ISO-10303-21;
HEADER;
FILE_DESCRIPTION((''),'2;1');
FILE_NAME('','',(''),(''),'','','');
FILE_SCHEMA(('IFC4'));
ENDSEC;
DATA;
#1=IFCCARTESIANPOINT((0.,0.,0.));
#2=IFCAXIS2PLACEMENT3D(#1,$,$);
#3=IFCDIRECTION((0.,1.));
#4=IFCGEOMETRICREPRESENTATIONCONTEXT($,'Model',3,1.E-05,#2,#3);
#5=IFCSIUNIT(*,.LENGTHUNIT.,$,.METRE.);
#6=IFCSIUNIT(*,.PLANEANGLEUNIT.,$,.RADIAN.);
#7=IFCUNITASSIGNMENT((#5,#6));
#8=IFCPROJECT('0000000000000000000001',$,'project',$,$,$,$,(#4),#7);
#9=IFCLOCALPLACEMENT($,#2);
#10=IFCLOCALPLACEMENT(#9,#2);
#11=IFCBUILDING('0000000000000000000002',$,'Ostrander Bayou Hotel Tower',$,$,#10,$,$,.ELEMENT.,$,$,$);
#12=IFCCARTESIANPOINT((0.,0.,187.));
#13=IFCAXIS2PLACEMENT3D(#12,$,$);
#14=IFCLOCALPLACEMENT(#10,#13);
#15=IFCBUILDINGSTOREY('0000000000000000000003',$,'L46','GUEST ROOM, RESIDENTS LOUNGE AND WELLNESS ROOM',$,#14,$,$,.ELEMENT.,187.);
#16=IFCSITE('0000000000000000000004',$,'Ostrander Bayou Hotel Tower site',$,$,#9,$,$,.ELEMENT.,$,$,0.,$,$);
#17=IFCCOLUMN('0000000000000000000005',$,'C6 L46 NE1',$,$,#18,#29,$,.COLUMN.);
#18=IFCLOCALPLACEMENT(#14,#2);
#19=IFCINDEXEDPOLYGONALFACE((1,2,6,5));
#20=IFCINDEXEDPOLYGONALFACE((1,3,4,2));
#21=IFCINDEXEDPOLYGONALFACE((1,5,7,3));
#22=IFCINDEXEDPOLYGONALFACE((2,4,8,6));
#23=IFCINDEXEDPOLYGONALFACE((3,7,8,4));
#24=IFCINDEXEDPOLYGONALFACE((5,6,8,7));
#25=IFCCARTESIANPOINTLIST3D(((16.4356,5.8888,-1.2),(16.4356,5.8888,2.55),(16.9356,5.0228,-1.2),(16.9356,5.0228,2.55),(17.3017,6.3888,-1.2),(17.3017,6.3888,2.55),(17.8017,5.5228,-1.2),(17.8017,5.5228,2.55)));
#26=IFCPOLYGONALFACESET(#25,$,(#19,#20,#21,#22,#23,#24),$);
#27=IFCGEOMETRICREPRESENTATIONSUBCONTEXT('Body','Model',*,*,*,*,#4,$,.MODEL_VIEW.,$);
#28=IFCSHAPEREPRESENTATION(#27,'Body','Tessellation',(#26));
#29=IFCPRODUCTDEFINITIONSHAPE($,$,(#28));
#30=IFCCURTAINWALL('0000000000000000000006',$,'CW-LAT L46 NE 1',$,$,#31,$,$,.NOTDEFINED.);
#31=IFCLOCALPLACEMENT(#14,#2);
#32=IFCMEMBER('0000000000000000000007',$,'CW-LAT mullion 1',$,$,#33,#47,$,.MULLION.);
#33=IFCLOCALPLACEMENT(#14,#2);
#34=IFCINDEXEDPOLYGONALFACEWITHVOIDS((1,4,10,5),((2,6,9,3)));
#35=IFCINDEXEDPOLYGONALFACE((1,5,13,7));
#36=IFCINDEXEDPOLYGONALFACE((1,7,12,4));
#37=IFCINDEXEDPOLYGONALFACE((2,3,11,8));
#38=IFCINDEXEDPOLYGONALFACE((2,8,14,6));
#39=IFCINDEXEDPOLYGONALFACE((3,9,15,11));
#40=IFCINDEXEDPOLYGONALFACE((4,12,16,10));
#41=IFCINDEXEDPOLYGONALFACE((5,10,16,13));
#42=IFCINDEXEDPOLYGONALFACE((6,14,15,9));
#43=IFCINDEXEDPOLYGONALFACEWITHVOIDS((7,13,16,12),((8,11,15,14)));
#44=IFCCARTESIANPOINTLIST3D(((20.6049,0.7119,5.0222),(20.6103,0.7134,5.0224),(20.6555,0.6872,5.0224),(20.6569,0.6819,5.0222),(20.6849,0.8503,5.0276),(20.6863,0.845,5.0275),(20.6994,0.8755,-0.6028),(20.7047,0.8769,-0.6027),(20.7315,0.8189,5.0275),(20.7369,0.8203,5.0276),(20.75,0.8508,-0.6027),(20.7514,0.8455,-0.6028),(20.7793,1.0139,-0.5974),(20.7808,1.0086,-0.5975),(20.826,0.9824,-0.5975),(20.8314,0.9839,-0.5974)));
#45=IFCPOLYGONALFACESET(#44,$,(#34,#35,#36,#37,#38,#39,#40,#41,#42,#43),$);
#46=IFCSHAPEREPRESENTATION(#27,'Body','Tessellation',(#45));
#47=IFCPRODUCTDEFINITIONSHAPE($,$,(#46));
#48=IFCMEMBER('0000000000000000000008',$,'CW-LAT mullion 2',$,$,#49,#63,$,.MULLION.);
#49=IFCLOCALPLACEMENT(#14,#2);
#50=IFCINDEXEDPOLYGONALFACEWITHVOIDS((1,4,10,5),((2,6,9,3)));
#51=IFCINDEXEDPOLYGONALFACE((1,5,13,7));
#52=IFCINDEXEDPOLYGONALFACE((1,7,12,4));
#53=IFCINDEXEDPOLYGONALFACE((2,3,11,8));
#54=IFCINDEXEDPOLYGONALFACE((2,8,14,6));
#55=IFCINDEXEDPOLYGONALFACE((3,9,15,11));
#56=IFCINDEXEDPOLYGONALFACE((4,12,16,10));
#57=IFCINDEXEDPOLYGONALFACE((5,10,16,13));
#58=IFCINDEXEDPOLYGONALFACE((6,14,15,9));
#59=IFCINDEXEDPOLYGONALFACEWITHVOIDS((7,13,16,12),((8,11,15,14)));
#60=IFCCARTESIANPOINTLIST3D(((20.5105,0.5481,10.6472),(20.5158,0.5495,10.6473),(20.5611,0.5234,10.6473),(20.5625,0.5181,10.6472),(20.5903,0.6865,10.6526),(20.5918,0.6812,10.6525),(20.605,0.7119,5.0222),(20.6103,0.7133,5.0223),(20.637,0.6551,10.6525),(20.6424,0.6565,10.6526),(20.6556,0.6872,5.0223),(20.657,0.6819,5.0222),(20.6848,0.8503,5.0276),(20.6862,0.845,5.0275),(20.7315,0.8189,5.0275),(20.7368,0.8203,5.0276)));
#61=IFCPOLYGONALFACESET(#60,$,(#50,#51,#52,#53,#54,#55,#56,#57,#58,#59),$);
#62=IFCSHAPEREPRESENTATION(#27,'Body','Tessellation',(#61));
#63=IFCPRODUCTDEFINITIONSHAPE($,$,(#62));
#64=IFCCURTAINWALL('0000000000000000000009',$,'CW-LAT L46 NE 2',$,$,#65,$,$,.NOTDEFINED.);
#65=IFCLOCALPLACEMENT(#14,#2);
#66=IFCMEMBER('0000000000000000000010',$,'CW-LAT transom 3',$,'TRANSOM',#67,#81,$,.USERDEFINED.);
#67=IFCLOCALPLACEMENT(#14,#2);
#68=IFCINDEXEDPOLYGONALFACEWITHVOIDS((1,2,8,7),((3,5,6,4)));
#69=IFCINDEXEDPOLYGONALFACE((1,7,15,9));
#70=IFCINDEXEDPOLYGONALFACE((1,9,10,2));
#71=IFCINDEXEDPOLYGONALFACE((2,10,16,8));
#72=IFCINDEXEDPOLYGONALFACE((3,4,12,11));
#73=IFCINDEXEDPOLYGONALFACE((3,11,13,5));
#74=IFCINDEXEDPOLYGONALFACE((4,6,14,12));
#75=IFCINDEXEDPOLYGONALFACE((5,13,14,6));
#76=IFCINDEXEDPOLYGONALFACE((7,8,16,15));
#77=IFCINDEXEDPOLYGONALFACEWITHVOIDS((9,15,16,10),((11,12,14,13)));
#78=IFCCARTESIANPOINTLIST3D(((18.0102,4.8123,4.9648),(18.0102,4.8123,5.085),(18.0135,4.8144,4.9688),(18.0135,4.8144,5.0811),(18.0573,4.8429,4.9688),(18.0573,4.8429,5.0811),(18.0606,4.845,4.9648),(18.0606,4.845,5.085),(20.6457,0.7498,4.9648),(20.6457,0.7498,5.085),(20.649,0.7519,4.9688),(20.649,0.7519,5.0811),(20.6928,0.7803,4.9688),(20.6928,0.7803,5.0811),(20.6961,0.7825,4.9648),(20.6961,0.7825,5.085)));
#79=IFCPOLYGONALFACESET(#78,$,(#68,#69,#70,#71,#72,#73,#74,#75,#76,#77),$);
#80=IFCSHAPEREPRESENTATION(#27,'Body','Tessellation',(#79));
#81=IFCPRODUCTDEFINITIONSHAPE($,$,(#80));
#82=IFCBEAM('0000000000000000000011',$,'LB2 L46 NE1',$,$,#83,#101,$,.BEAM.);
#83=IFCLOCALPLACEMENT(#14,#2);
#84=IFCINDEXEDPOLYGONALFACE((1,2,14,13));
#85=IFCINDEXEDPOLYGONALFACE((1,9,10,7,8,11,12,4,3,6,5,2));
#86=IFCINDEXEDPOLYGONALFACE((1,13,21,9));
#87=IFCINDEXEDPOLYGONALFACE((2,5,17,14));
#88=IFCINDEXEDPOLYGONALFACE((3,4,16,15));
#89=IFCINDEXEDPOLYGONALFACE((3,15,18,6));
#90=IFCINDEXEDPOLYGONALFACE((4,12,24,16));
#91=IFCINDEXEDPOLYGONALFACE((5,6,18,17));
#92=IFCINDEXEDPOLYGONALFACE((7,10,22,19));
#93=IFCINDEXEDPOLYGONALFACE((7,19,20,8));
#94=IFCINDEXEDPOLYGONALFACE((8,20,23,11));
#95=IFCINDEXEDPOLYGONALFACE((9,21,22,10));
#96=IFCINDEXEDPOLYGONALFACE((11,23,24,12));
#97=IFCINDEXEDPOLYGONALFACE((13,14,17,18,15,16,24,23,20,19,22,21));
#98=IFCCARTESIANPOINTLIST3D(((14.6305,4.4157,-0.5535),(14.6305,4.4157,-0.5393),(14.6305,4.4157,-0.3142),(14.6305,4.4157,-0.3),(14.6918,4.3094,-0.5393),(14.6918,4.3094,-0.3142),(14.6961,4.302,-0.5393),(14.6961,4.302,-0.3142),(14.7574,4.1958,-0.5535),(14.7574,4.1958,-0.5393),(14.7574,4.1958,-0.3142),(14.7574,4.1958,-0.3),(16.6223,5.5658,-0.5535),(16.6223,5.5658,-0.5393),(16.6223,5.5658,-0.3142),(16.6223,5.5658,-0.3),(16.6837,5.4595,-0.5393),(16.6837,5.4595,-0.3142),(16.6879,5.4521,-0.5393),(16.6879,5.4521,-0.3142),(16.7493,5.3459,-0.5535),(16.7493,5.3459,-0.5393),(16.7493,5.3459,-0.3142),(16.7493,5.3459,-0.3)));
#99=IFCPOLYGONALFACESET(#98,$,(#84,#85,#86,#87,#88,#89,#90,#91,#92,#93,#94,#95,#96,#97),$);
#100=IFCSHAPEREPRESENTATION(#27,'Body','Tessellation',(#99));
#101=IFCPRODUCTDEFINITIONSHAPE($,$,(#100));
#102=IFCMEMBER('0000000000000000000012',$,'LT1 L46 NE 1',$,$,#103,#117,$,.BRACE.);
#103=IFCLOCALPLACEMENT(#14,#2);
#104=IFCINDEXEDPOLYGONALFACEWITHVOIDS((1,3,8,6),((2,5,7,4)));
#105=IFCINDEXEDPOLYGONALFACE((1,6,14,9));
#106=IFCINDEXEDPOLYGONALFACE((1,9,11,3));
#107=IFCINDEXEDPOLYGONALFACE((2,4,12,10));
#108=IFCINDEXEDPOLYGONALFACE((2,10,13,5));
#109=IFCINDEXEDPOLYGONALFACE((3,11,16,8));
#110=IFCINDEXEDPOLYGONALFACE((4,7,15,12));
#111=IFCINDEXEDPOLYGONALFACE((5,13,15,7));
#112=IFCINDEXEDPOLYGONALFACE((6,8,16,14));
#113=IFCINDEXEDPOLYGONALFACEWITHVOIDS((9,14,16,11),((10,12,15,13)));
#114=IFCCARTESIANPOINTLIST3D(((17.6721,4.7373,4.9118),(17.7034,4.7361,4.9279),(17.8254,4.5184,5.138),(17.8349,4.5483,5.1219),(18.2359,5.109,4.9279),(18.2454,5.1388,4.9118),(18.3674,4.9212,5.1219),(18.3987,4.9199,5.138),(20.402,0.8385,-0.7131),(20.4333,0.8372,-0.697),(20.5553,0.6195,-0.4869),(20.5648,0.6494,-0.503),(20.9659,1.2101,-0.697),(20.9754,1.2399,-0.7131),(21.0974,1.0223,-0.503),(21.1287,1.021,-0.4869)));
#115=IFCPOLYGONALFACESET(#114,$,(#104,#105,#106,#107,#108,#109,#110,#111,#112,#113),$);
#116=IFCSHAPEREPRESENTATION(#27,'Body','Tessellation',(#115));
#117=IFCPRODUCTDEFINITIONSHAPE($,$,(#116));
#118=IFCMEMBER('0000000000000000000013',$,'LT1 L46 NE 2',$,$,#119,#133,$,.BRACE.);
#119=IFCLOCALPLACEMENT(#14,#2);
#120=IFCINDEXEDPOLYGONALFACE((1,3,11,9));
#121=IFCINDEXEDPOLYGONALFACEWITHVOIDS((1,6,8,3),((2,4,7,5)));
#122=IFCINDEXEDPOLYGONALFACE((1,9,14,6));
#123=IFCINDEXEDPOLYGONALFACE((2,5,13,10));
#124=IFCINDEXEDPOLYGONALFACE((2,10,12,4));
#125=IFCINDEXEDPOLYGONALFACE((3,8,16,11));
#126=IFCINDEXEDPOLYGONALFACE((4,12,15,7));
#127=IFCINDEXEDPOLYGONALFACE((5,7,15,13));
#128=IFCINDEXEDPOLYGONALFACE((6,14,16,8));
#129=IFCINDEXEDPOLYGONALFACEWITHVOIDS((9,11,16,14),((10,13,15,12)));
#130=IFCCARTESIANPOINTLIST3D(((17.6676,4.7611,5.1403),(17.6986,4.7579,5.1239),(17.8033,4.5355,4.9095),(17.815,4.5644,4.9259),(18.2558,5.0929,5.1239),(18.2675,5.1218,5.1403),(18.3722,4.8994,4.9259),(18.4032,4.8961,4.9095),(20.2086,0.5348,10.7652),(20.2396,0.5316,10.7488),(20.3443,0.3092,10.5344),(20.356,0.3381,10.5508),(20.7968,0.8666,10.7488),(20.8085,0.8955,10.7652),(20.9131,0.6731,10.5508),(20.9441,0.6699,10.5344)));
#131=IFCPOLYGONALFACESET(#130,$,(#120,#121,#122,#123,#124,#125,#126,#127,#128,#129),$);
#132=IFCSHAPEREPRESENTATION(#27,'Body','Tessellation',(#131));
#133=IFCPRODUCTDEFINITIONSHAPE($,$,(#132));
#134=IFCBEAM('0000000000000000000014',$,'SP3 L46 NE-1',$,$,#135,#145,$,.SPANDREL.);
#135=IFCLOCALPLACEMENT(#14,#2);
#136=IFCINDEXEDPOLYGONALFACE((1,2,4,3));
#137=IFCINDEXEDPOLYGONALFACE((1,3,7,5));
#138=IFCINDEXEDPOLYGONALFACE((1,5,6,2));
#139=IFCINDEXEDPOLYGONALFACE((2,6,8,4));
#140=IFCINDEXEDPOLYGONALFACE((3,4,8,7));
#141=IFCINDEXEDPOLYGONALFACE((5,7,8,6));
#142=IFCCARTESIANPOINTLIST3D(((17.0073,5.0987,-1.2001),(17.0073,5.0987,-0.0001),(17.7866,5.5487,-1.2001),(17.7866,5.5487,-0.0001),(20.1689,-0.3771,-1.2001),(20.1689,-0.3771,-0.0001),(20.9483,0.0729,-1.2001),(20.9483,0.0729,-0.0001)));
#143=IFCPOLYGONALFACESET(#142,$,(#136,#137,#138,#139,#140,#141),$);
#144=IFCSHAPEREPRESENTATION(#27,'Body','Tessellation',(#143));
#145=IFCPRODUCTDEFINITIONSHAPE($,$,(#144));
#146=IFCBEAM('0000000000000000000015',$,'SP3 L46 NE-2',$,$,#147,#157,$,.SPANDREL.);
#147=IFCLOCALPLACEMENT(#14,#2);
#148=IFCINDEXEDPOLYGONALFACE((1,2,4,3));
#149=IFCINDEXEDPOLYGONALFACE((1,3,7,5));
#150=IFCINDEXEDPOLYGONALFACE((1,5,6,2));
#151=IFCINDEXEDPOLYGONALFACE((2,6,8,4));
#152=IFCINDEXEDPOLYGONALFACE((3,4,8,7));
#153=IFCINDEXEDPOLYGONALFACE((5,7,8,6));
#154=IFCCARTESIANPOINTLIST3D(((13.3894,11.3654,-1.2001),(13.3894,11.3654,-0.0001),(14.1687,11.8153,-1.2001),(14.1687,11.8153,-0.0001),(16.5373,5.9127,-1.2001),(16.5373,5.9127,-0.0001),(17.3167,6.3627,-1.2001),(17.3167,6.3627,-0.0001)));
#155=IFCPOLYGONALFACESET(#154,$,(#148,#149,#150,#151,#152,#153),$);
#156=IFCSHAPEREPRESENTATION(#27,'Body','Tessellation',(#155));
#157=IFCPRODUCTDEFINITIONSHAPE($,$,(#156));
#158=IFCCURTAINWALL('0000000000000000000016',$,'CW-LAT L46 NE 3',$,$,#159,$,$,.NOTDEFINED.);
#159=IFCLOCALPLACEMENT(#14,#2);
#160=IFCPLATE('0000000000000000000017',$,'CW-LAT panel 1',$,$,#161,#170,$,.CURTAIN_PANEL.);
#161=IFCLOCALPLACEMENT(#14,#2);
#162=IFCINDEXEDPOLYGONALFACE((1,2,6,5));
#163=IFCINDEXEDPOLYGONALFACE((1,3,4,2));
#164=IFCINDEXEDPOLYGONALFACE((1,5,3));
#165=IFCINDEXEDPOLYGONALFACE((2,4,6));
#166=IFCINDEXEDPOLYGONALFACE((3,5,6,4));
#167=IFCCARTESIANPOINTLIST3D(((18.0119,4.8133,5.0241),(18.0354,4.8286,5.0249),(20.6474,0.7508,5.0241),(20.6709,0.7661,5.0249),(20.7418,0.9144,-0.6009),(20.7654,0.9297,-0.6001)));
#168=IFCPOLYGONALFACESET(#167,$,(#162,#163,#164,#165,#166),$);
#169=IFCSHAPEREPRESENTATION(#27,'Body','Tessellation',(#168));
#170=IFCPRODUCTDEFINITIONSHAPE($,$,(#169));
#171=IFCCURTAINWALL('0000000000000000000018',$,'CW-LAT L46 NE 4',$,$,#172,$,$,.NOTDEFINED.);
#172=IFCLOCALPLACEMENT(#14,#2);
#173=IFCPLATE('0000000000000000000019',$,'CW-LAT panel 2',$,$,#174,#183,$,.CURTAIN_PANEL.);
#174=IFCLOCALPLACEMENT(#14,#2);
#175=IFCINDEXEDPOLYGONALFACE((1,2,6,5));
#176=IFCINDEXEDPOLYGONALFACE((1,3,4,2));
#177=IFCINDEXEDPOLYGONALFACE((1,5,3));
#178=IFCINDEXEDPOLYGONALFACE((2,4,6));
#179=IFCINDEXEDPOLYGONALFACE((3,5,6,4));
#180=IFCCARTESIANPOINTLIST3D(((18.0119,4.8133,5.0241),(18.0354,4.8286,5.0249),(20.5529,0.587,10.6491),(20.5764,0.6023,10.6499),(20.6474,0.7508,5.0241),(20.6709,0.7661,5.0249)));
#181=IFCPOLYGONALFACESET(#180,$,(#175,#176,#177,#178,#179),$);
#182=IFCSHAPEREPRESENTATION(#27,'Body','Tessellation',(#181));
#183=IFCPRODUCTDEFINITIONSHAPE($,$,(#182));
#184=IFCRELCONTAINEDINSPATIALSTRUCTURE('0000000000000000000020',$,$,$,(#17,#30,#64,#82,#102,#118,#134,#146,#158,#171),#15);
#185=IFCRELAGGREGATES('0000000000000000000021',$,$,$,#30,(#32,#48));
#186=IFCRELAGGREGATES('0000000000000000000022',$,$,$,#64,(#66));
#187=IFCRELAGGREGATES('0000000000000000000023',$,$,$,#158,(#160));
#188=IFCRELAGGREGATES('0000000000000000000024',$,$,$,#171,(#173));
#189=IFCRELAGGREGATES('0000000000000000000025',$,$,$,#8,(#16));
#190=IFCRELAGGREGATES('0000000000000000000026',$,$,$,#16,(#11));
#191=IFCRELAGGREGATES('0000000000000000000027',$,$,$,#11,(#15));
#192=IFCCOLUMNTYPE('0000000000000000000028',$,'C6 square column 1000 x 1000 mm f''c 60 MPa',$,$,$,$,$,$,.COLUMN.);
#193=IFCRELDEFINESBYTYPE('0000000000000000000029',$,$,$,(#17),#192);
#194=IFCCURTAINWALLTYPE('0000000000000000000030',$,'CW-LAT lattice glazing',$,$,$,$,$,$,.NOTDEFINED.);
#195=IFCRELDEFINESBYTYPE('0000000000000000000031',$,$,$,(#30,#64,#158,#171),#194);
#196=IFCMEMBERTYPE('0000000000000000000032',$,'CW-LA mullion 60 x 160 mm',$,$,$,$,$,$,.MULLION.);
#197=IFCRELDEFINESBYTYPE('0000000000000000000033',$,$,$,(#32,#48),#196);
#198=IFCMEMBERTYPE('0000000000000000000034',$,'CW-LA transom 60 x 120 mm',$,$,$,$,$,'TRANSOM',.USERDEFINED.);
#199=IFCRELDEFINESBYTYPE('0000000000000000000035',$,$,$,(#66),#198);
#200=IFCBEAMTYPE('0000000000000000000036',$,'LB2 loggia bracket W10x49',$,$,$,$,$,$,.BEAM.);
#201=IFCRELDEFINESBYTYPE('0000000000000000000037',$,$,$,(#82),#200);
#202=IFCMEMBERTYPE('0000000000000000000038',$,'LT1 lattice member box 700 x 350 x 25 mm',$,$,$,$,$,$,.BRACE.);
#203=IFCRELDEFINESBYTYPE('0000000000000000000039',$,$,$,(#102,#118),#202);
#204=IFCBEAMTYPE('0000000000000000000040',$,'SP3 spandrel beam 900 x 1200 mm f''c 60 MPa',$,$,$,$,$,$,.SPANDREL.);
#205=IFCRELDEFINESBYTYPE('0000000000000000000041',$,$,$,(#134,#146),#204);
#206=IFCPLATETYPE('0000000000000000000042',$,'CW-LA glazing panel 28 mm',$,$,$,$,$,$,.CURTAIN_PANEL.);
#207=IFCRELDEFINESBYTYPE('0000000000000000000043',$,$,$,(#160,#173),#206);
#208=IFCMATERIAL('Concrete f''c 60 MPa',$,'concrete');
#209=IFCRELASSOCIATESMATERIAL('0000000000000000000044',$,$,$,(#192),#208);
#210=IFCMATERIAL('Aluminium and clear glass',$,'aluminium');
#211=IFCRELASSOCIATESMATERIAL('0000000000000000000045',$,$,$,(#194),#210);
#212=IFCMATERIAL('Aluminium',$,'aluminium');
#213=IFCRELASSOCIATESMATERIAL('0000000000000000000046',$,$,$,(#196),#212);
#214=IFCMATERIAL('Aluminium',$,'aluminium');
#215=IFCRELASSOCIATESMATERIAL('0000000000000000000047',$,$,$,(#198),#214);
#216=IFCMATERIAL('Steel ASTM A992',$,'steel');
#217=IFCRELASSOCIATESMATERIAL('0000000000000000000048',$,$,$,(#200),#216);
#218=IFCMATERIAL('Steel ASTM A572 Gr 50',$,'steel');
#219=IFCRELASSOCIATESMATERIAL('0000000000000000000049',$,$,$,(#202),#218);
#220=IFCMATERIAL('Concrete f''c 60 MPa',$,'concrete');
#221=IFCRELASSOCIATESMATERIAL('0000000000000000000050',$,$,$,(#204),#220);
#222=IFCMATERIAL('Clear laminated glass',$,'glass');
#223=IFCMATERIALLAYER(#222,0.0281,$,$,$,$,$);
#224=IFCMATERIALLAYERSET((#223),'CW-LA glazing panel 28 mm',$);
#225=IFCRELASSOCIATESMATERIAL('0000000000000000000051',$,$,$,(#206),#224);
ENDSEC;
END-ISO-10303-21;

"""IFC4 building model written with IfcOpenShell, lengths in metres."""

from ifc_helpers import new_model, si_unit, direction, frame, origin, origin_2d, place, context, subcontext, project, spatial, polyline, rectangle, hollow_rectangle, i_section, outline, extrude, material, layer, layer_set, material_profile, profile_set, type_object, element, aggregate, save


model = new_model("IFC4")

# Units and contexts
model_context = context("Model", 3, precision=1e-05, world=origin(), true_north=direction((0.0, 1.0)))
body_context = subcontext(model_context, "Body", "Model", "MODEL_VIEW")
ifc_project = project(units=[si_unit("LENGTHUNIT", "METRE"), si_unit("PLANEANGLEUNIT", "RADIAN")], contexts=[model_context])

# Site, building, storey
site_placement = place(None, origin())
site = spatial("IfcSite", under=ifc_project, at=site_placement, Name="Ostrander Bayou Hotel Tower site", CompositionType="ELEMENT", RefElevation=0.0)
building_placement = place(site_placement, origin())
building = spatial("IfcBuilding", under=site, at=building_placement, Name="Ostrander Bayou Hotel Tower", CompositionType="ELEMENT")
storey_placement = place(building_placement, frame((0.0, 0.0, 187.0)))
storey = spatial("IfcBuildingStorey", under=building, at=storey_placement, Name="L46", Description="GUEST ROOM, RESIDENTS LOUNGE AND WELLNESS ROOM", CompositionType="ELEMENT", Elevation=187.0)

# Column
ifc_material_1 = material(Name="Concrete f'c 60 MPa", Category="concrete")
ifc_material_profile_1 = material_profile(ifc_material_1, rectangle(XDim=1.0, YDim=1.0, at=origin_2d()))
ifc_profile_set_1 = profile_set([ifc_material_profile_1], Name="Concrete f'c 60 MPa")
column_type = type_object("IfcColumnType", Name="C6 square column 1000 x 1000 mm f'c 60 MPa", PredefinedType="COLUMN", material=ifc_profile_set_1)
column_placement = place(storey_placement, frame((17.1187, 5.7058, -1.2), z_axis=(0.0, 0.0, 1.0), x_axis=(0.5, -0.866025, 0.0)))
element("IfcColumn", 1, at=column_placement, inside=storey, type_object=column_type, Name="C6 L46 NE1", PredefinedType="COLUMN", context=body_context, shape_type="SweptSolid", body=[
    extrude(rectangle(XDim=1.0, YDim=1.0, at=origin_2d()), origin(), (0.0, 0.0, 1.0), 3.75),
])

# Curtain wall, members
ifc_material_2 = material(Name="Aluminium and clear glass", Category="aluminium")
curtain_wall_type = type_object("IfcCurtainWallType", Name="CW-LAT lattice glazing", PredefinedType="NOTDEFINED", material=ifc_material_2)
curtain_wall_1_placement = place(storey_placement, origin())
curtain_wall_1 = element("IfcCurtainWall", 2, at=curtain_wall_1_placement, inside=storey, type_object=curtain_wall_type, Name="CW-LAT L46 NE 1", PredefinedType="NOTDEFINED")
ifc_material_3 = material(Name="Aluminium", Category="aluminium")
ifc_material_profile_2 = material_profile(ifc_material_3, hollow_rectangle(XDim=0.0601, YDim=0.1599, WallThickness=0.0039, at=origin_2d()))
ifc_profile_set_2 = profile_set([ifc_material_profile_2], Name="Aluminium")
member_type_1 = type_object("IfcMemberType", Name="CW-LA mullion 60 x 160 mm", PredefinedType="MULLION", material=ifc_profile_set_2)
member_1_placement = place(storey_placement, frame((20.7654, 0.9297, -0.6001), z_axis=(-0.016787, -0.029063, 0.999437), x_axis=(0.865927, -0.50017, 0.0)))
member_1 = element("IfcMember", 3, at=member_1_placement, type_object=member_type_1, Name="CW-LAT mullion 1", PredefinedType="MULLION", context=body_context, shape_type="SweptSolid", body=[
    extrude(hollow_rectangle(XDim=0.0601, YDim=0.1599, WallThickness=0.0039, at=origin_2d()), origin(), (0.0, 0.0, 1.0), 5.6282),
])
member_2_placement = place(storey_placement, frame((20.6709, 0.7661, 5.0249), z_axis=(-0.016787, -0.029107, 0.999435), x_axis=(0.86625, -0.499611, 0.0)))
member_2 = element("IfcMember", 4, at=member_2_placement, type_object=member_type_1, Name="CW-LAT mullion 2", PredefinedType="MULLION", context=body_context, shape_type="SweptSolid", body=[
    extrude(hollow_rectangle(XDim=0.0601, YDim=0.1599, WallThickness=0.0039, at=origin_2d()), origin(), (0.0, 0.0, 1.0), 5.6282),
])
aggregate(curtain_wall_1, [member_1, member_2])

# Curtain wall, member
curtain_wall_2_placement = place(storey_placement, origin())
curtain_wall_2 = element("IfcCurtainWall", 5, at=curtain_wall_2_placement, inside=storey, type_object=curtain_wall_type, Name="CW-LAT L46 NE 2", PredefinedType="NOTDEFINED")
ifc_material_4 = material(Name="Aluminium", Category="aluminium")
ifc_material_profile_3 = material_profile(ifc_material_4, hollow_rectangle(XDim=0.0601, YDim=0.1201, WallThickness=0.0039, at=origin_2d()))
ifc_profile_set_3 = profile_set([ifc_material_profile_3], Name="Aluminium")
member_type_2 = type_object("IfcMemberType", Name="CW-LA transom 60 x 120 mm", ElementType="TRANSOM", PredefinedType="USERDEFINED", material=ifc_profile_set_3)
member_3_placement = place(storey_placement, frame((20.6709, 0.7661, 5.0249), z_axis=(-0.544244, 0.838927, 0.0), x_axis=(-0.838927, -0.544244, 0.0)))
member_3 = element("IfcMember", 6, at=member_3_placement, type_object=member_type_2, Name="CW-LAT transom 3", ObjectType="TRANSOM", PredefinedType="USERDEFINED", context=body_context, shape_type="SweptSolid", body=[
    extrude(hollow_rectangle(XDim=0.0601, YDim=0.1201, WallThickness=0.0039, at=origin_2d()), origin(), (0.0, 0.0, 1.0), 4.8425),
])
aggregate(curtain_wall_2, [member_3])

# Beam
ifc_material_5 = material(Name="Steel ASTM A992", Category="steel")
ifc_material_profile_4 = material_profile(ifc_material_5, i_section(OverallWidth=0.2539, OverallDepth=0.2534, WebThickness=0.0085, FlangeThickness=0.0142, at=origin_2d()))
ifc_profile_set_4 = profile_set([ifc_material_profile_4], Name="Steel ASTM A992")
beam_type_1 = type_object("IfcBeamType", Name="LB2 loggia bracket W10x49", PredefinedType="BEAM", material=ifc_profile_set_4)
beam_1_placement = place(storey_placement, frame((16.6858, 5.4558, -0.4268), z_axis=(-0.866007, -0.500032, 0.0), x_axis=(0.500032, -0.866007, 0.0)))
element("IfcBeam", 7, at=beam_1_placement, inside=storey, type_object=beam_type_1, Name="LB2 L46 NE1", PredefinedType="BEAM", context=body_context, shape_type="SweptSolid", body=[
    extrude(i_section(OverallWidth=0.2539, OverallDepth=0.2534, WebThickness=0.0085, FlangeThickness=0.0142, at=origin_2d()), origin(), (0.0, 0.0, 1.0), 2.3),
])

# Members
ifc_material_6 = material(Name="Steel ASTM A572 Gr 50", Category="steel")
ifc_material_profile_5 = material_profile(ifc_material_6, hollow_rectangle(XDim=0.7, YDim=0.3501, WallThickness=0.0249, at=origin_2d()))
ifc_profile_set_5 = profile_set([ifc_material_profile_5], Name="Steel ASTM A572 Gr 50")
member_type_3 = type_object("IfcMemberType", Name="LT1 lattice member box 700 x 350 x 25 mm", PredefinedType="BRACE", material=ifc_profile_set_5)
member_4_placement = place(storey_placement, frame((18.0354, 4.8286, 5.0249), z_axis=(0.370493, -0.529133, -0.763383), x_axis=(0.81916, 0.573566, 0.0)))
element("IfcMember", 8, at=member_4_placement, inside=storey, type_object=member_type_3, Name="LT1 L46 NE 1", PredefinedType="BRACE", context=body_context, shape_type="SweptSolid", body=[
    extrude(hollow_rectangle(XDim=0.7, YDim=0.3501, WallThickness=0.0249, at=origin_2d()), origin(), (0.0, 0.0, 1.0), 7.3684),
])
member_5_placement = place(storey_placement, frame((18.0354, 4.8286, 5.0249), z_axis=(0.339681, -0.564972, 0.751947), x_axis=(0.857025, 0.515275, 0.0)))
element("IfcMember", 9, at=member_5_placement, inside=storey, type_object=member_type_3, Name="LT1 L46 NE 2", PredefinedType="BRACE", context=body_context, shape_type="SweptSolid", body=[
    extrude(hollow_rectangle(XDim=0.7, YDim=0.3501, WallThickness=0.0249, at=origin_2d()), origin(), (0.0, 0.0, 1.0), 7.4805),
])

# Beams
ifc_material_7 = material(Name="Concrete f'c 60 MPa", Category="concrete")
ifc_material_profile_6 = material_profile(ifc_material_7, rectangle(XDim=0.8999, YDim=1.2, at=origin_2d()))
ifc_profile_set_6 = profile_set([ifc_material_profile_6], Name="Concrete f'c 60 MPa")
beam_type_2 = type_object("IfcBeamType", Name="SP3 spandrel beam 900 x 1200 mm f'c 60 MPa", PredefinedType="SPANDREL", material=ifc_profile_set_6)
beam_2_placement = place(storey_placement, frame((20.5586, -0.1521, -0.6001), z_axis=(-0.500018, 0.866015, 0.0), x_axis=(-0.866015, -0.500018, 0.0)))
element("IfcBeam", 10, at=beam_2_placement, inside=storey, type_object=beam_type_2, Name="SP3 L46 NE-1", PredefinedType="SPANDREL", context=body_context, shape_type="SweptSolid", body=[
    extrude(rectangle(XDim=0.8999, YDim=1.2, at=origin_2d()), origin(), (0.0, 0.0, 1.0), 6.323),
])
beam_3_placement = place(storey_placement, frame((16.927, 6.1377, -0.6001), z_axis=(-0.499984, 0.866034, 0.0), x_axis=(-0.866034, -0.499984, 0.0)))
element("IfcBeam", 11, at=beam_3_placement, inside=storey, type_object=beam_type_2, Name="SP3 L46 NE-2", PredefinedType="SPANDREL", context=body_context, shape_type="SweptSolid", body=[
    extrude(rectangle(XDim=0.8999, YDim=1.2, at=origin_2d()), origin(), (0.0, 0.0, 1.0), 6.2961),
])

# Curtain walls, plates
curtain_wall_3_placement = place(storey_placement, origin())
curtain_wall_3 = element("IfcCurtainWall", 12, at=curtain_wall_3_placement, inside=storey, type_object=curtain_wall_type, Name="CW-LAT L46 NE 3", PredefinedType="NOTDEFINED")
ifc_material_8 = material(Name="Clear laminated glass", Category="glass")
ifc_layer_1 = layer(ifc_material_8, 0.0281)
ifc_layer_set_1 = layer_set([ifc_layer_1], Name="CW-LA glazing panel 28 mm")
plate_type = type_object("IfcPlateType", Name="CW-LA glazing panel 28 mm", PredefinedType="CURTAIN_PANEL", material=ifc_layer_set_1)
plate_1_placement = place(storey_placement, frame((18.0354, 4.8286, 5.0249), z_axis=(0.838552, 0.544, 0.029905), x_axis=(0.370493, -0.529133, -0.763383)))
plate_1 = element("IfcPlate", 13, at=plate_1_placement, type_object=plate_type, Name="CW-LAT panel 1", PredefinedType="CURTAIN_PANEL", context=body_context, shape_type="SweptSolid", body=[
    extrude(outline(polyline([(0.0, 0.0), (7.3685, 0.0), (3.126, -3.6983), (0.0, 0.0)])), origin(), (0.0, 0.0, -1.0), 0.0281),
])
aggregate(curtain_wall_3, [plate_1])
curtain_wall_4_placement = place(storey_placement, origin())
curtain_wall_4 = element("IfcCurtainWall", 14, at=curtain_wall_4_placement, inside=storey, type_object=curtain_wall_type, Name="CW-LAT L46 NE 4", PredefinedType="NOTDEFINED")
plate_2_placement = place(storey_placement, frame((18.0354, 4.8286, 5.0249), z_axis=(0.838551, 0.544, 0.029928), x_axis=(0.339681, -0.564972, 0.751947)))
plate_2 = element("IfcPlate", 15, at=plate_2_placement, type_object=plate_type, Name="CW-LAT panel 2", PredefinedType="CURTAIN_PANEL", context=body_context, shape_type="SweptSolid", body=[
    extrude(outline(polyline([(0.0, 0.0), (7.4806, 0.0), (3.1904, 3.6429), (0.0, 0.0)])), origin(), (0.0, 0.0, -1.0), 0.0281),
])
aggregate(curtain_wall_4, [plate_2])

save(model, "model.ifc")
